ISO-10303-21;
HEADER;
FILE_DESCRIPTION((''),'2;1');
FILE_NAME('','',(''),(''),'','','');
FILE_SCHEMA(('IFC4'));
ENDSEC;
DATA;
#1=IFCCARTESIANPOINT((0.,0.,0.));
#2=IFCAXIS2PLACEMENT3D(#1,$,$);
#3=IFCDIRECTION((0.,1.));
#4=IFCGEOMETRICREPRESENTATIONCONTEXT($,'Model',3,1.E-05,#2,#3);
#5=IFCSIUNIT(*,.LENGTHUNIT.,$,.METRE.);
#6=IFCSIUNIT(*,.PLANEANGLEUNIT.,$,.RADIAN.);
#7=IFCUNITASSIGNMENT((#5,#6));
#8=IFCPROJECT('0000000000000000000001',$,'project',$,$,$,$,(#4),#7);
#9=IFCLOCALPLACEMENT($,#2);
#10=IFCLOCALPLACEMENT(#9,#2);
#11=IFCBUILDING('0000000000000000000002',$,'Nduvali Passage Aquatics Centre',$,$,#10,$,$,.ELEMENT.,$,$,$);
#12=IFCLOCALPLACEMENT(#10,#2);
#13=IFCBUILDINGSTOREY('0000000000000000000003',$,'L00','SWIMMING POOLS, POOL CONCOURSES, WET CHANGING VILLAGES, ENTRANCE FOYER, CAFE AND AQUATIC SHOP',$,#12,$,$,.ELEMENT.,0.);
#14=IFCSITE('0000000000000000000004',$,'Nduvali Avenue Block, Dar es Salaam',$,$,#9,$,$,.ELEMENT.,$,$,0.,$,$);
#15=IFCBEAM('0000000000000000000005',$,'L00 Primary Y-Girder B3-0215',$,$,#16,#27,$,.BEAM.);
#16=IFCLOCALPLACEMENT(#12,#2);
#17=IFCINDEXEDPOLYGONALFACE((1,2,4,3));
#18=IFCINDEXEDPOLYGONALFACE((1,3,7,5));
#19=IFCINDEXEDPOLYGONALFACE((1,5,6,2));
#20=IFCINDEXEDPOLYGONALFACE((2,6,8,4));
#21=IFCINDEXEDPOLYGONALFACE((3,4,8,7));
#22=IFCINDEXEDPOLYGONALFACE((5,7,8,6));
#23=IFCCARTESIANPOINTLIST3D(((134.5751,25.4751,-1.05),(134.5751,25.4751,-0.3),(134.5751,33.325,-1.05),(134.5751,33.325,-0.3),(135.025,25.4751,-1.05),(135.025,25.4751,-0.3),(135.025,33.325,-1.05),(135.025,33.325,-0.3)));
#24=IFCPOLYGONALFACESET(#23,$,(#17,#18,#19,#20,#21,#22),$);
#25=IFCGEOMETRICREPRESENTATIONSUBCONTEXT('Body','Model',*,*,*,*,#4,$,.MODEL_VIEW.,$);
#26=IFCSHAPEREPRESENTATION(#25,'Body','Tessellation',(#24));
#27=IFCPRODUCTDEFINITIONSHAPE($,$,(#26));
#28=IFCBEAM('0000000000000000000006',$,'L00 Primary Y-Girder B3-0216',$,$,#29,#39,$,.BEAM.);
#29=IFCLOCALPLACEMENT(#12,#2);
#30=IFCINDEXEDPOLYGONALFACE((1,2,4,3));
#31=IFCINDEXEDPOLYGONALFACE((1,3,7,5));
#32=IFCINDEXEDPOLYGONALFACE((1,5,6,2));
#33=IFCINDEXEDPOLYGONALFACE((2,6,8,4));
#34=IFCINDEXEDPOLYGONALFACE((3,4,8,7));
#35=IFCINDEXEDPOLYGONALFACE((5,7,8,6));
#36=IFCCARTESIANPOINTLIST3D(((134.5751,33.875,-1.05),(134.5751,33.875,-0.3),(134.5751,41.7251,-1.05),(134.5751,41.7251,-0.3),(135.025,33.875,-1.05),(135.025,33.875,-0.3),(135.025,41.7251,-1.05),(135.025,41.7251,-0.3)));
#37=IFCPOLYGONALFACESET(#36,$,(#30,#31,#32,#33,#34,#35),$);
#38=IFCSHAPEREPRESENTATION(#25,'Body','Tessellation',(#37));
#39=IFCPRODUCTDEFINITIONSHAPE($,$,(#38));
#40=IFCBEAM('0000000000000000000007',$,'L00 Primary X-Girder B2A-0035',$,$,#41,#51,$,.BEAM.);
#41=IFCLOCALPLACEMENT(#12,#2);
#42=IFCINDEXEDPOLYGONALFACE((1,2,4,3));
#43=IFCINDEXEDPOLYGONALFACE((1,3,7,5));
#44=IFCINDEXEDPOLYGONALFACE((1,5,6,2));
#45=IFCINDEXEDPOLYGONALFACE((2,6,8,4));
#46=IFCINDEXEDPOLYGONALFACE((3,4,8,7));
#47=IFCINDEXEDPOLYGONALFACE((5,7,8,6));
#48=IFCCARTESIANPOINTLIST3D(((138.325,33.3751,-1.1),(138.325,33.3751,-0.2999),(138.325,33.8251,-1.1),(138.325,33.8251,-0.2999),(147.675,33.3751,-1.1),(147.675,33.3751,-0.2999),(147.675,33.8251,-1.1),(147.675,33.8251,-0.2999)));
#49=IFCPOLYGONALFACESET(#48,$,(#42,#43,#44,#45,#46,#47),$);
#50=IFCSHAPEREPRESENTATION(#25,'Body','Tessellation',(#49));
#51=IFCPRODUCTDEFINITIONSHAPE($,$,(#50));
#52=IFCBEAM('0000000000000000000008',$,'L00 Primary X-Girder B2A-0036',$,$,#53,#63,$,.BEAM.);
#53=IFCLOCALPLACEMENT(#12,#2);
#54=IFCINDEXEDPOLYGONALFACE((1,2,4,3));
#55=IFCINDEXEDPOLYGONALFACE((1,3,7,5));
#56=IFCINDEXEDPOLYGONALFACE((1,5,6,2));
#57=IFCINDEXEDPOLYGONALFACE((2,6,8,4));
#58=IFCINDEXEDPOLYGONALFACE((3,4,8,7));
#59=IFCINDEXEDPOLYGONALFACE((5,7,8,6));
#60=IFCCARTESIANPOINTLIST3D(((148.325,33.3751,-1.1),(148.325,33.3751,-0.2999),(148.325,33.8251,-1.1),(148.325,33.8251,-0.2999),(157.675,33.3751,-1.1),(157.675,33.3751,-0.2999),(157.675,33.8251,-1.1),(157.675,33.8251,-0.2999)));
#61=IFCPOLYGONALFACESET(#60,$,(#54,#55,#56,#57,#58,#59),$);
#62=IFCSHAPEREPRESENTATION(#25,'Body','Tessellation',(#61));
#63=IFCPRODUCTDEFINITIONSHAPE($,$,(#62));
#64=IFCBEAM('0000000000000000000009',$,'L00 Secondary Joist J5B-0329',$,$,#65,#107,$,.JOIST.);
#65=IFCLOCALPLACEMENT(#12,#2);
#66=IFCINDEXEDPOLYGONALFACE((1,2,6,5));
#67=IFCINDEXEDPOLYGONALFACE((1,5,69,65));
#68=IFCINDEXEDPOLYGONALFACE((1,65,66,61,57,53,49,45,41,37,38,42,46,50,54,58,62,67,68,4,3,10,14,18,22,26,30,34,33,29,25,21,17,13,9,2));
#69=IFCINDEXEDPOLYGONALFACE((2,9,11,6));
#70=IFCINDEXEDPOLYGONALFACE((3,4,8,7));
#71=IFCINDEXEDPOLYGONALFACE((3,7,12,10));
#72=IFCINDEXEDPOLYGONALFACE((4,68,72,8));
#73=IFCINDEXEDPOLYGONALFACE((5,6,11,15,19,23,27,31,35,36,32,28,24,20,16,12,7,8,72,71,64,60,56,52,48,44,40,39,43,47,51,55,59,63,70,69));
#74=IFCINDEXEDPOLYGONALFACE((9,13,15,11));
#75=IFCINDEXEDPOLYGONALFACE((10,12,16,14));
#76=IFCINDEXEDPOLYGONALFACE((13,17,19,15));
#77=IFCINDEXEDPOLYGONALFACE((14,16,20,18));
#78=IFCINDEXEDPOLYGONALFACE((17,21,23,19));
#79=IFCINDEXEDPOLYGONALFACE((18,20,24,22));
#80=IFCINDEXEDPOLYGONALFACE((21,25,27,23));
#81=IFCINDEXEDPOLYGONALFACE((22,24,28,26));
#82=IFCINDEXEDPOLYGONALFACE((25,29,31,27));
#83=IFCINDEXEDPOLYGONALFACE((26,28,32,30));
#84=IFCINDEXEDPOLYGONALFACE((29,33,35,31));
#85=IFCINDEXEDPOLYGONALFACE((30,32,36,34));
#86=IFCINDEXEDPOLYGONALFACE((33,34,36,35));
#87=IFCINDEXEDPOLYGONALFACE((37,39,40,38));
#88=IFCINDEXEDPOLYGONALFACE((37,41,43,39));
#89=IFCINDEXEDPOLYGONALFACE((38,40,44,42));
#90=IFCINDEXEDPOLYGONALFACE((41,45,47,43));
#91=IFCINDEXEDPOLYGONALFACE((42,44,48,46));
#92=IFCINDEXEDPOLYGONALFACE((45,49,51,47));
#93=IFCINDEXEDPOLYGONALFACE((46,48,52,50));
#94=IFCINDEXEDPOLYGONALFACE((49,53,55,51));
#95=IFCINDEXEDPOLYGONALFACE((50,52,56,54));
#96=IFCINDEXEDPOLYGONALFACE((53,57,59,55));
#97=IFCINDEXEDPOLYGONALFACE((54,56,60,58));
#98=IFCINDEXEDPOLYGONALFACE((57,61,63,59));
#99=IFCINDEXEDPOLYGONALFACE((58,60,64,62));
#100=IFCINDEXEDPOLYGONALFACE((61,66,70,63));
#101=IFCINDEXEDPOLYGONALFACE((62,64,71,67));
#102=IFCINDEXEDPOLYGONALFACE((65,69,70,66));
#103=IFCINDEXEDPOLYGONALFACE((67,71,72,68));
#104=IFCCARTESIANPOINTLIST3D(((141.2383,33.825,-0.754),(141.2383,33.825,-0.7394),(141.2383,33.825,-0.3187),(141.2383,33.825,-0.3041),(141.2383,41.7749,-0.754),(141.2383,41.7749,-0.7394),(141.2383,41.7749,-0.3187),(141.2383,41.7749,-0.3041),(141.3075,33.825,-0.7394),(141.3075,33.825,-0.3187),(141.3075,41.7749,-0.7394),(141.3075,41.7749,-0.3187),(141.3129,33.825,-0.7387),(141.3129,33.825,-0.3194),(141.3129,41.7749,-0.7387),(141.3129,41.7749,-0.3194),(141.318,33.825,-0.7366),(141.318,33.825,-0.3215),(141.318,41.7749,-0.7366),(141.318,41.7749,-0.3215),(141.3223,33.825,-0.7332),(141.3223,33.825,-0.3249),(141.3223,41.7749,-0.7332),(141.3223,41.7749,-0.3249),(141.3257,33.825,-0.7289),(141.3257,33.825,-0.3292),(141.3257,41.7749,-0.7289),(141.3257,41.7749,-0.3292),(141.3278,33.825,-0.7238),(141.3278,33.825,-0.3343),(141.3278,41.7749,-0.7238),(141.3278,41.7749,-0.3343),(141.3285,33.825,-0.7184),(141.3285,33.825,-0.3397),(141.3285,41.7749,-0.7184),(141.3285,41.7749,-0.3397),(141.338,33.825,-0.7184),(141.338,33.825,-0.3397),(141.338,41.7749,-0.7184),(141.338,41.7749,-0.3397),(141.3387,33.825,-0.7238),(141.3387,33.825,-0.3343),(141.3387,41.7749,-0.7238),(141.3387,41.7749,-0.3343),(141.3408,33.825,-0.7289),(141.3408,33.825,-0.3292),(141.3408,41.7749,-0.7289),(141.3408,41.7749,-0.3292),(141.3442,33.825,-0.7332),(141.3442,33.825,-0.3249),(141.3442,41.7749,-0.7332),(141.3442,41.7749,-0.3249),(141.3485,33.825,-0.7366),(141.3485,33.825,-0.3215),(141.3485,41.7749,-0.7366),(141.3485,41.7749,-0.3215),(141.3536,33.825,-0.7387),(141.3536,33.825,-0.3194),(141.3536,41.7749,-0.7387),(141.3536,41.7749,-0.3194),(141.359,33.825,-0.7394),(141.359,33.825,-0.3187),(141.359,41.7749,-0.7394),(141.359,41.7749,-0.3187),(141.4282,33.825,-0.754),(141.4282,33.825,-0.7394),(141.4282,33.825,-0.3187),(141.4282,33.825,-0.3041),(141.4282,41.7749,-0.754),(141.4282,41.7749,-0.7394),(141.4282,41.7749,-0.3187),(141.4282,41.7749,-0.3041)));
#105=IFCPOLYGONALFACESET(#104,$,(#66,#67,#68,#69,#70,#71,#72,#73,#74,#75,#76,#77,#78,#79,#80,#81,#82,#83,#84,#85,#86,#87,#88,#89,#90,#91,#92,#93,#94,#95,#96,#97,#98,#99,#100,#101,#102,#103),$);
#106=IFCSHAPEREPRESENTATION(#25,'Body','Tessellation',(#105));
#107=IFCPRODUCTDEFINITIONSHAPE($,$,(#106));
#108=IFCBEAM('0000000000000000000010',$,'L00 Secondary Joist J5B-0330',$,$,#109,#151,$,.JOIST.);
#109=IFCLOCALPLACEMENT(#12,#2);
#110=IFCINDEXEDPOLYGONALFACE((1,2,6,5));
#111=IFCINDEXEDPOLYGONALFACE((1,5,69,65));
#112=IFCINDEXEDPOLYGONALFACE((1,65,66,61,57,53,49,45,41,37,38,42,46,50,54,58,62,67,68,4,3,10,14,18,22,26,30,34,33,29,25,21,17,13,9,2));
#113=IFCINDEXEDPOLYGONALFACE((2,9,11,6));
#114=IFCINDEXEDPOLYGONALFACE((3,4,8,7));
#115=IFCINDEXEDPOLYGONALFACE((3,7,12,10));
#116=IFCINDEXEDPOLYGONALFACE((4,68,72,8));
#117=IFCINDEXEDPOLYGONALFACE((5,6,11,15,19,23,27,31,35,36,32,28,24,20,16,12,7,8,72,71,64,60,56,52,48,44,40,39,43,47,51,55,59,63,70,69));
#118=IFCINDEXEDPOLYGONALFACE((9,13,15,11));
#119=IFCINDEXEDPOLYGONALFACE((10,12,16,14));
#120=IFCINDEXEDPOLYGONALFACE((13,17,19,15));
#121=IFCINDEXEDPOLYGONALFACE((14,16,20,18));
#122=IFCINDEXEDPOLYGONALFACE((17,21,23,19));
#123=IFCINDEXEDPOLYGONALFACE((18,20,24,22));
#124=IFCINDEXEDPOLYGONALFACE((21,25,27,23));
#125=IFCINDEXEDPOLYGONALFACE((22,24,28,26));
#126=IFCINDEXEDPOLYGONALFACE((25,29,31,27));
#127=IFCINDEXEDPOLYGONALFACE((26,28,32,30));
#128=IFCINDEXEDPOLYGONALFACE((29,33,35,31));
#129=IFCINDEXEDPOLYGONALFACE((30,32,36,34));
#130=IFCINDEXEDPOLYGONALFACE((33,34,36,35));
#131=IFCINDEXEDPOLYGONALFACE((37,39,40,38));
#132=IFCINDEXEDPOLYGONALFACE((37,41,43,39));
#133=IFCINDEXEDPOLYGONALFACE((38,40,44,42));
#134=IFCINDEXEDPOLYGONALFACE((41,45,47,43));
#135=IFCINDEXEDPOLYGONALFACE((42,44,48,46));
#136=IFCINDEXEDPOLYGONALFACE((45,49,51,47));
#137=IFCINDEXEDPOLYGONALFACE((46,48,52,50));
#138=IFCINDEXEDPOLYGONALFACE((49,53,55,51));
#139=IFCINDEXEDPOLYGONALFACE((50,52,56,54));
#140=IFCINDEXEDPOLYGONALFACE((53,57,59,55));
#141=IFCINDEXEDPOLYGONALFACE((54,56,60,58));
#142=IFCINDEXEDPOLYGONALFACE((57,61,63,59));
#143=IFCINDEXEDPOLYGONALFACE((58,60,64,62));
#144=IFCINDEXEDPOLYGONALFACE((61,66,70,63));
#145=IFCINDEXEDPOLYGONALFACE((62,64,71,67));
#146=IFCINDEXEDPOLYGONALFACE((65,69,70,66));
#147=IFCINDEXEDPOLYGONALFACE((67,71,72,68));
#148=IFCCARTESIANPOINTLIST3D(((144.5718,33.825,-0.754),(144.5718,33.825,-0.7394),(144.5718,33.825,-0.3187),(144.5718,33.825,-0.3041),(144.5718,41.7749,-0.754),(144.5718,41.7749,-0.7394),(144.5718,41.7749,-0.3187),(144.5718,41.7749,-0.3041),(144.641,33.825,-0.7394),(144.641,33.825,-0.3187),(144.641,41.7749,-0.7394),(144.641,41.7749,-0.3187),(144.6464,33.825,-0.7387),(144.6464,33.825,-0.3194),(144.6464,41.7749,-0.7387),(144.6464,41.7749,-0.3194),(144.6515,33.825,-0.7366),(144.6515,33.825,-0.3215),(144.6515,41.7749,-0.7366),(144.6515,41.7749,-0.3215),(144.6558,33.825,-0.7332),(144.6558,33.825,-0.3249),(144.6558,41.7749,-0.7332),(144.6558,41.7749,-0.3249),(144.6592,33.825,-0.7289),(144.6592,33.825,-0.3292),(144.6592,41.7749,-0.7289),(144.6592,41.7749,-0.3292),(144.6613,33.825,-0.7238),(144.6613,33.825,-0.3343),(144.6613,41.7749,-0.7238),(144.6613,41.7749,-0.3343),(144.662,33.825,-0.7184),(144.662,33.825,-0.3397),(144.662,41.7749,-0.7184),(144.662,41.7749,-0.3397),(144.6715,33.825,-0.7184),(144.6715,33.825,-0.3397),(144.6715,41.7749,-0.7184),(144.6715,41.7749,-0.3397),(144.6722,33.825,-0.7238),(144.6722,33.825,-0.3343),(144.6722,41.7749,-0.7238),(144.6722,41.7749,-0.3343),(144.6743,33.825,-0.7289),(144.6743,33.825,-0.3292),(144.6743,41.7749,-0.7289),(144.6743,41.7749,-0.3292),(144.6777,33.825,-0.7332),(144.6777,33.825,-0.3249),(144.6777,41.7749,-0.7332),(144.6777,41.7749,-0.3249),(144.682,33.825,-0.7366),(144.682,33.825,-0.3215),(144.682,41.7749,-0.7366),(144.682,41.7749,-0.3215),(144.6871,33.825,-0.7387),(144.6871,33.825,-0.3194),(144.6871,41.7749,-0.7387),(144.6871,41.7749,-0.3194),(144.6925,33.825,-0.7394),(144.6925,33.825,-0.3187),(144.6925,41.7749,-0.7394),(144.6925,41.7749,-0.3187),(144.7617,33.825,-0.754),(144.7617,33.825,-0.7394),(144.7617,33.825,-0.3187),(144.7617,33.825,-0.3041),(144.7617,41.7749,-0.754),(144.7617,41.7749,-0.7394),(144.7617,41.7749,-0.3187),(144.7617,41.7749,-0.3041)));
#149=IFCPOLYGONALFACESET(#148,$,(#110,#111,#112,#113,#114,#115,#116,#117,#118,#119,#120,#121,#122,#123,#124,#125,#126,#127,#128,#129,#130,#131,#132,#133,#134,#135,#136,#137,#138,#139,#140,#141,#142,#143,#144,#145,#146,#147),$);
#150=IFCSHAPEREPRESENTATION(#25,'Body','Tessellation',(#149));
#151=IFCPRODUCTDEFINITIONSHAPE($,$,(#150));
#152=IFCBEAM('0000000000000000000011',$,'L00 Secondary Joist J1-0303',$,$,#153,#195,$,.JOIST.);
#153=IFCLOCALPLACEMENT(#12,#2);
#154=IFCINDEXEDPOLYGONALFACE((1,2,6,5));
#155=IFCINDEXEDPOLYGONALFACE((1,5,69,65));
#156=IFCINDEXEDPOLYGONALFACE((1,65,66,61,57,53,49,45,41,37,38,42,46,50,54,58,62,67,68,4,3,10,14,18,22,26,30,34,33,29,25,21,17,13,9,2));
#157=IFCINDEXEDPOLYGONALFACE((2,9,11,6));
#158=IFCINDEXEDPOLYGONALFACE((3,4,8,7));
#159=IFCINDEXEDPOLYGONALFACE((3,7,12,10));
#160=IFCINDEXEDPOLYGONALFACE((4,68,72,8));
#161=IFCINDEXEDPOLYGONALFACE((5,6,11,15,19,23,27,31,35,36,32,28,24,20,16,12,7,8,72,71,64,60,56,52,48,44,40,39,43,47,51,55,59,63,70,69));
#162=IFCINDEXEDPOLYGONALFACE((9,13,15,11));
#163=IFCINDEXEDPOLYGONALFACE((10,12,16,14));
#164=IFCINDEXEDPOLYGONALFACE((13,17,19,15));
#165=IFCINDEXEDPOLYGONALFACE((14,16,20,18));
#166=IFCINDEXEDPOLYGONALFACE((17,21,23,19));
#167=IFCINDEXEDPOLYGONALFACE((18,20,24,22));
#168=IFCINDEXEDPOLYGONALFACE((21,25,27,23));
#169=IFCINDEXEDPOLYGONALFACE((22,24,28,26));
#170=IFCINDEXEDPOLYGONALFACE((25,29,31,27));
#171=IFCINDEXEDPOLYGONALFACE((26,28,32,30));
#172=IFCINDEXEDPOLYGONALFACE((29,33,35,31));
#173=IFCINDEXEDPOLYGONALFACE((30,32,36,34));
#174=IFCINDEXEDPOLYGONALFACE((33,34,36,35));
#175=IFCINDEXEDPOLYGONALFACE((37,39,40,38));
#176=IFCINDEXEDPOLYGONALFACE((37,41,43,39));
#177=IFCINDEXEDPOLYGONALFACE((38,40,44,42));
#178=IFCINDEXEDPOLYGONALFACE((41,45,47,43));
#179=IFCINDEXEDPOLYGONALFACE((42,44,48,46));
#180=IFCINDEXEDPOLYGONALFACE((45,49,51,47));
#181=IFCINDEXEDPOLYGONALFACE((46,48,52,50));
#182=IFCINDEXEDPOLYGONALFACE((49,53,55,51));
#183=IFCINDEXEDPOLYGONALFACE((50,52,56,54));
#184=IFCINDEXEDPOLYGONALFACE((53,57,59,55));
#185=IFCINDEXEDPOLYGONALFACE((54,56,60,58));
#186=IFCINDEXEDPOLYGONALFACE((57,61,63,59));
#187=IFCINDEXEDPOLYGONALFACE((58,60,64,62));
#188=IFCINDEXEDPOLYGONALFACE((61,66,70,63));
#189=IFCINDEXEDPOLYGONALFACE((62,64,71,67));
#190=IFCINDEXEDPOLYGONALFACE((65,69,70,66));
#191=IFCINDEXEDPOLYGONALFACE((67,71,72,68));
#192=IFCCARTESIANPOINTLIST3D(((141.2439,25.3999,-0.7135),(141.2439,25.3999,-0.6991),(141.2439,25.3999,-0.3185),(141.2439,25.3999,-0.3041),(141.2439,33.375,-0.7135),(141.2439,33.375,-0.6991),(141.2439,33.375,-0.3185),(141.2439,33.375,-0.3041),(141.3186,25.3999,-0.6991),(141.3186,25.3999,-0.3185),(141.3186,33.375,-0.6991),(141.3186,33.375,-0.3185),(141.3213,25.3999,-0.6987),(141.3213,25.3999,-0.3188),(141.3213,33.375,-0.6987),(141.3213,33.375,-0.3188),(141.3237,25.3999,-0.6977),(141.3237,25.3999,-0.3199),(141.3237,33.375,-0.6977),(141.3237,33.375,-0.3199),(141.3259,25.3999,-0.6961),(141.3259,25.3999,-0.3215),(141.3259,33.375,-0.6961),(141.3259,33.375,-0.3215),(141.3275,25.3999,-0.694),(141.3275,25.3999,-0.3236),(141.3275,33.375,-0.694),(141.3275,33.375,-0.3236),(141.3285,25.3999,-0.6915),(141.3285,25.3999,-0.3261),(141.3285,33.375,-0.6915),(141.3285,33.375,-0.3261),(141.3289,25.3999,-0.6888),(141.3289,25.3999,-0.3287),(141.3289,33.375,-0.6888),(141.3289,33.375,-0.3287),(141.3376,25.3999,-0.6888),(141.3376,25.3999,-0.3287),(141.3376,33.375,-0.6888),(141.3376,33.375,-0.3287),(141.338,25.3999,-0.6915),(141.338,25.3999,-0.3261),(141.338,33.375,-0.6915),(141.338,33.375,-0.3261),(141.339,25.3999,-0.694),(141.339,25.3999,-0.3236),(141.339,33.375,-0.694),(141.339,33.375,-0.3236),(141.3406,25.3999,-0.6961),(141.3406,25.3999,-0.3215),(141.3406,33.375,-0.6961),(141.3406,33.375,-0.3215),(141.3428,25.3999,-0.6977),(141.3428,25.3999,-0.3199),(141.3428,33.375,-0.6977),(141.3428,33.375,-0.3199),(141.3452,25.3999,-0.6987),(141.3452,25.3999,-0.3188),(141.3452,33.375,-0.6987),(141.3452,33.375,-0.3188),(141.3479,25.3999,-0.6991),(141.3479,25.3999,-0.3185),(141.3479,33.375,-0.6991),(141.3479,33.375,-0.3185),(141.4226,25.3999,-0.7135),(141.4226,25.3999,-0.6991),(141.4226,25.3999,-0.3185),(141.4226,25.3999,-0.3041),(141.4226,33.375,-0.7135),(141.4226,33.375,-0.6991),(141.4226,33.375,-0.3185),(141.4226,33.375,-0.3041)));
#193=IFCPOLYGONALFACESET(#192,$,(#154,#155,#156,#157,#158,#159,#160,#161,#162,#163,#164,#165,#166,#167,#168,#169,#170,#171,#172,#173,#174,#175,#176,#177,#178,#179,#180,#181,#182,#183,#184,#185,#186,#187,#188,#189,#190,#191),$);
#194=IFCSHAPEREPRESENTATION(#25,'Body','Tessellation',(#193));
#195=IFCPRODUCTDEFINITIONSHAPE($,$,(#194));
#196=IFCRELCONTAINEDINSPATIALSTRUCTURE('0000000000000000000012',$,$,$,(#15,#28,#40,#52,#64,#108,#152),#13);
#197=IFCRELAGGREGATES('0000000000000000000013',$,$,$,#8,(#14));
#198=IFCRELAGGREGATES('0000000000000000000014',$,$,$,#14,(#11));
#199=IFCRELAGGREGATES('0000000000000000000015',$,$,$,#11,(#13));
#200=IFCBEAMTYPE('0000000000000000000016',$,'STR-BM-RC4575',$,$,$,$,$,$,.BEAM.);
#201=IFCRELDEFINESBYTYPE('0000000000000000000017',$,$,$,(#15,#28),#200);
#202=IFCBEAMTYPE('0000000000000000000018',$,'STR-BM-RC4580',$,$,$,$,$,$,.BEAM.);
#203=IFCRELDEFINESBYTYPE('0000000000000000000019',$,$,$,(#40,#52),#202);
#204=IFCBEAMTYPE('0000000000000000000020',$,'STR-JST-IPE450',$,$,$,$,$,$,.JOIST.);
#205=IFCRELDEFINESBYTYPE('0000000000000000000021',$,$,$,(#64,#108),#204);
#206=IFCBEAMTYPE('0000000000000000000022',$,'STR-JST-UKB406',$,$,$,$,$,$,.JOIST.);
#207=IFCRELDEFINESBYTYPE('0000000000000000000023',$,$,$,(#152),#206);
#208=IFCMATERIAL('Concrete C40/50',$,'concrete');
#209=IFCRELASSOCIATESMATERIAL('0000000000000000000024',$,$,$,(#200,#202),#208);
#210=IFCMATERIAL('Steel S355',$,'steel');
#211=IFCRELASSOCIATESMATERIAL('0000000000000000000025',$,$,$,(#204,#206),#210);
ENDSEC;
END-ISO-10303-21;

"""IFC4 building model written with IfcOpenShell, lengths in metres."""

from ifc_helpers import new_model, si_unit, direction, frame, origin, origin_2d, place, context, subcontext, project, spatial, rectangle, i_section, extrude, material, material_profile, profile_set, type_object, element, save


model = new_model("IFC4")

# Units and contexts
model_context = context("Model", 3, precision=1e-05, world=origin(), true_north=direction((0.0, 1.0)))
body_context = subcontext(model_context, "Body", "Model", "MODEL_VIEW")
ifc_project = project(units=[si_unit("LENGTHUNIT", "METRE"), si_unit("PLANEANGLEUNIT", "RADIAN")], contexts=[model_context])

# Site, building, storey
site_placement = place(None, origin())
site = spatial("IfcSite", under=ifc_project, at=site_placement, Name="Nduvali Avenue Block, Dar es Salaam", CompositionType="ELEMENT", RefElevation=0.0)
building_placement = place(site_placement, origin())
building = spatial("IfcBuilding", under=site, at=building_placement, Name="Nduvali Passage Aquatics Centre", CompositionType="ELEMENT")
storey_placement = place(building_placement, origin())
storey = spatial("IfcBuildingStorey", under=building, at=storey_placement, Name="L00", Description="SWIMMING POOLS, POOL CONCOURSES, WET CHANGING VILLAGES, ENTRANCE FOYER, CAFE AND AQUATIC SHOP", CompositionType="ELEMENT", Elevation=0.0)

# Shared definitions
ifc_material_1 = material(Name="Concrete C40/50", Category="concrete")
ifc_material_2 = material(Name="Steel S355", Category="steel")

# Beams
ifc_material_profile_1 = material_profile(ifc_material_1, rectangle(XDim=0.45, YDim=0.75, at=origin_2d()), Name="RC 450x750")
ifc_profile_set_1 = profile_set([ifc_material_profile_1], Name="Concrete C40/50")
beam_type_1 = type_object("IfcBeamType", Name="STR-BM-RC4575", PredefinedType="BEAM", material=ifc_profile_set_1)
beam_1_placement = place(storey_placement, frame((134.8, 25.4751, -0.675), z_axis=(0.0, 1.0, 0.0), x_axis=(-1.0, 0.0, 0.0)))
element("IfcBeam", 1, at=beam_1_placement, inside=storey, type_object=beam_type_1, Name="L00 Primary Y-Girder B3-0215", PredefinedType="BEAM", context=body_context, shape_type="SweptSolid", body=[
    extrude(rectangle(XDim=0.45, YDim=0.75, at=origin_2d()), origin(), (0.0, 0.0, 1.0), 7.8499),
])
beam_2_placement = place(storey_placement, frame((134.8, 33.875, -0.675), z_axis=(0.0, 1.0, 0.0), x_axis=(-1.0, 0.0, 0.0)))
element("IfcBeam", 2, at=beam_2_placement, inside=storey, type_object=beam_type_1, Name="L00 Primary Y-Girder B3-0216", PredefinedType="BEAM", context=body_context, shape_type="SweptSolid", body=[
    extrude(rectangle(XDim=0.45, YDim=0.75, at=origin_2d()), origin(), (0.0, 0.0, 1.0), 7.8501),
])
ifc_material_profile_2 = material_profile(ifc_material_1, rectangle(XDim=0.45, YDim=0.8, at=origin_2d()), Name="RC 450x800")
ifc_profile_set_2 = profile_set([ifc_material_profile_2], Name="Concrete C40/50")
beam_type_2 = type_object("IfcBeamType", Name="STR-BM-RC4580", PredefinedType="BEAM", material=ifc_profile_set_2)
for number, where, z_axis, x_axis, name in (
    (3, (138.325, 33.6001, -0.7), (1.0, 0.0, 0.0), (0.0, 1.0, 0.0), "L00 Primary X-Girder B2A-0035"),
    (4, (148.325, 33.6001, -0.7), (1.0, 0.0, 0.0), (0.0, 1.0, 0.0), "L00 Primary X-Girder B2A-0036"),
):
    element("IfcBeam", number, at=place(storey_placement, frame(where, z_axis=z_axis, x_axis=x_axis)), inside=storey, type_object=beam_type_2, Name=name, PredefinedType="BEAM", context=body_context, shape_type="SweptSolid", body=[
        extrude(rectangle(XDim=0.45, YDim=0.8, at=origin_2d()), origin(), (0.0, 0.0, 1.0), 9.3501),
    ])
ifc_material_profile_3 = material_profile(ifc_material_2, i_section(OverallWidth=0.1899, OverallDepth=0.45, WebThickness=0.0095, FlangeThickness=0.0146, FilletRadius=0.021, at=origin_2d()), Name="IPE 450")
ifc_profile_set_3 = profile_set([ifc_material_profile_3], Name="Steel S355")
beam_type_3 = type_object("IfcBeamType", Name="STR-JST-IPE450", PredefinedType="JOIST", material=ifc_profile_set_3)
for number, where, z_axis, x_axis, name in (
    (5, (141.3333, 33.825, -0.5291), (0.0, 1.0, 0.0), (-1.0, 0.0, 0.0), "L00 Secondary Joist J5B-0329"),
    (6, (144.6667, 33.825, -0.5291), (0.0, 1.0, 0.0), (-1.0, 0.0, 0.0), "L00 Secondary Joist J5B-0330"),
):
    element("IfcBeam", number, at=place(storey_placement, frame(where, z_axis=z_axis, x_axis=x_axis)), inside=storey, type_object=beam_type_3, Name=name, PredefinedType="JOIST", context=body_context, shape_type="SweptSolid", body=[
        extrude(i_section(OverallWidth=0.1899, OverallDepth=0.45, WebThickness=0.0095, FlangeThickness=0.0146, FilletRadius=0.021, at=origin_2d()), origin(), (0.0, 0.0, 1.0), 7.95),
    ])
ifc_material_profile_4 = material_profile(ifc_material_2, i_section(OverallWidth=0.1787, OverallDepth=0.4094, WebThickness=0.0088, FlangeThickness=0.0144, FilletRadius=0.0103, at=origin_2d()), Name="UKB 406x178x67")
ifc_profile_set_4 = profile_set([ifc_material_profile_4], Name="Steel S355")
beam_type_4 = type_object("IfcBeamType", Name="STR-JST-UKB406", PredefinedType="JOIST", material=ifc_profile_set_4)
for number, where, z_axis, x_axis, name in (
    (7, (141.3333, 25.3999, -0.5088), (0.0, 1.0, 0.0), (-1.0, 0.0, 0.0), "L00 Secondary Joist J1-0303"),
):
    element("IfcBeam", number, at=place(storey_placement, frame(where, z_axis=z_axis, x_axis=x_axis)), inside=storey, type_object=beam_type_4, Name=name, PredefinedType="JOIST", context=body_context, shape_type="SweptSolid", body=[
        extrude(i_section(OverallWidth=0.1787, OverallDepth=0.4094, WebThickness=0.0088, FlangeThickness=0.0144, FilletRadius=0.0103, at=origin_2d()), origin(), (0.0, 0.0, 1.0), 7.9751),
    ])

save(model, "model.ifc")
